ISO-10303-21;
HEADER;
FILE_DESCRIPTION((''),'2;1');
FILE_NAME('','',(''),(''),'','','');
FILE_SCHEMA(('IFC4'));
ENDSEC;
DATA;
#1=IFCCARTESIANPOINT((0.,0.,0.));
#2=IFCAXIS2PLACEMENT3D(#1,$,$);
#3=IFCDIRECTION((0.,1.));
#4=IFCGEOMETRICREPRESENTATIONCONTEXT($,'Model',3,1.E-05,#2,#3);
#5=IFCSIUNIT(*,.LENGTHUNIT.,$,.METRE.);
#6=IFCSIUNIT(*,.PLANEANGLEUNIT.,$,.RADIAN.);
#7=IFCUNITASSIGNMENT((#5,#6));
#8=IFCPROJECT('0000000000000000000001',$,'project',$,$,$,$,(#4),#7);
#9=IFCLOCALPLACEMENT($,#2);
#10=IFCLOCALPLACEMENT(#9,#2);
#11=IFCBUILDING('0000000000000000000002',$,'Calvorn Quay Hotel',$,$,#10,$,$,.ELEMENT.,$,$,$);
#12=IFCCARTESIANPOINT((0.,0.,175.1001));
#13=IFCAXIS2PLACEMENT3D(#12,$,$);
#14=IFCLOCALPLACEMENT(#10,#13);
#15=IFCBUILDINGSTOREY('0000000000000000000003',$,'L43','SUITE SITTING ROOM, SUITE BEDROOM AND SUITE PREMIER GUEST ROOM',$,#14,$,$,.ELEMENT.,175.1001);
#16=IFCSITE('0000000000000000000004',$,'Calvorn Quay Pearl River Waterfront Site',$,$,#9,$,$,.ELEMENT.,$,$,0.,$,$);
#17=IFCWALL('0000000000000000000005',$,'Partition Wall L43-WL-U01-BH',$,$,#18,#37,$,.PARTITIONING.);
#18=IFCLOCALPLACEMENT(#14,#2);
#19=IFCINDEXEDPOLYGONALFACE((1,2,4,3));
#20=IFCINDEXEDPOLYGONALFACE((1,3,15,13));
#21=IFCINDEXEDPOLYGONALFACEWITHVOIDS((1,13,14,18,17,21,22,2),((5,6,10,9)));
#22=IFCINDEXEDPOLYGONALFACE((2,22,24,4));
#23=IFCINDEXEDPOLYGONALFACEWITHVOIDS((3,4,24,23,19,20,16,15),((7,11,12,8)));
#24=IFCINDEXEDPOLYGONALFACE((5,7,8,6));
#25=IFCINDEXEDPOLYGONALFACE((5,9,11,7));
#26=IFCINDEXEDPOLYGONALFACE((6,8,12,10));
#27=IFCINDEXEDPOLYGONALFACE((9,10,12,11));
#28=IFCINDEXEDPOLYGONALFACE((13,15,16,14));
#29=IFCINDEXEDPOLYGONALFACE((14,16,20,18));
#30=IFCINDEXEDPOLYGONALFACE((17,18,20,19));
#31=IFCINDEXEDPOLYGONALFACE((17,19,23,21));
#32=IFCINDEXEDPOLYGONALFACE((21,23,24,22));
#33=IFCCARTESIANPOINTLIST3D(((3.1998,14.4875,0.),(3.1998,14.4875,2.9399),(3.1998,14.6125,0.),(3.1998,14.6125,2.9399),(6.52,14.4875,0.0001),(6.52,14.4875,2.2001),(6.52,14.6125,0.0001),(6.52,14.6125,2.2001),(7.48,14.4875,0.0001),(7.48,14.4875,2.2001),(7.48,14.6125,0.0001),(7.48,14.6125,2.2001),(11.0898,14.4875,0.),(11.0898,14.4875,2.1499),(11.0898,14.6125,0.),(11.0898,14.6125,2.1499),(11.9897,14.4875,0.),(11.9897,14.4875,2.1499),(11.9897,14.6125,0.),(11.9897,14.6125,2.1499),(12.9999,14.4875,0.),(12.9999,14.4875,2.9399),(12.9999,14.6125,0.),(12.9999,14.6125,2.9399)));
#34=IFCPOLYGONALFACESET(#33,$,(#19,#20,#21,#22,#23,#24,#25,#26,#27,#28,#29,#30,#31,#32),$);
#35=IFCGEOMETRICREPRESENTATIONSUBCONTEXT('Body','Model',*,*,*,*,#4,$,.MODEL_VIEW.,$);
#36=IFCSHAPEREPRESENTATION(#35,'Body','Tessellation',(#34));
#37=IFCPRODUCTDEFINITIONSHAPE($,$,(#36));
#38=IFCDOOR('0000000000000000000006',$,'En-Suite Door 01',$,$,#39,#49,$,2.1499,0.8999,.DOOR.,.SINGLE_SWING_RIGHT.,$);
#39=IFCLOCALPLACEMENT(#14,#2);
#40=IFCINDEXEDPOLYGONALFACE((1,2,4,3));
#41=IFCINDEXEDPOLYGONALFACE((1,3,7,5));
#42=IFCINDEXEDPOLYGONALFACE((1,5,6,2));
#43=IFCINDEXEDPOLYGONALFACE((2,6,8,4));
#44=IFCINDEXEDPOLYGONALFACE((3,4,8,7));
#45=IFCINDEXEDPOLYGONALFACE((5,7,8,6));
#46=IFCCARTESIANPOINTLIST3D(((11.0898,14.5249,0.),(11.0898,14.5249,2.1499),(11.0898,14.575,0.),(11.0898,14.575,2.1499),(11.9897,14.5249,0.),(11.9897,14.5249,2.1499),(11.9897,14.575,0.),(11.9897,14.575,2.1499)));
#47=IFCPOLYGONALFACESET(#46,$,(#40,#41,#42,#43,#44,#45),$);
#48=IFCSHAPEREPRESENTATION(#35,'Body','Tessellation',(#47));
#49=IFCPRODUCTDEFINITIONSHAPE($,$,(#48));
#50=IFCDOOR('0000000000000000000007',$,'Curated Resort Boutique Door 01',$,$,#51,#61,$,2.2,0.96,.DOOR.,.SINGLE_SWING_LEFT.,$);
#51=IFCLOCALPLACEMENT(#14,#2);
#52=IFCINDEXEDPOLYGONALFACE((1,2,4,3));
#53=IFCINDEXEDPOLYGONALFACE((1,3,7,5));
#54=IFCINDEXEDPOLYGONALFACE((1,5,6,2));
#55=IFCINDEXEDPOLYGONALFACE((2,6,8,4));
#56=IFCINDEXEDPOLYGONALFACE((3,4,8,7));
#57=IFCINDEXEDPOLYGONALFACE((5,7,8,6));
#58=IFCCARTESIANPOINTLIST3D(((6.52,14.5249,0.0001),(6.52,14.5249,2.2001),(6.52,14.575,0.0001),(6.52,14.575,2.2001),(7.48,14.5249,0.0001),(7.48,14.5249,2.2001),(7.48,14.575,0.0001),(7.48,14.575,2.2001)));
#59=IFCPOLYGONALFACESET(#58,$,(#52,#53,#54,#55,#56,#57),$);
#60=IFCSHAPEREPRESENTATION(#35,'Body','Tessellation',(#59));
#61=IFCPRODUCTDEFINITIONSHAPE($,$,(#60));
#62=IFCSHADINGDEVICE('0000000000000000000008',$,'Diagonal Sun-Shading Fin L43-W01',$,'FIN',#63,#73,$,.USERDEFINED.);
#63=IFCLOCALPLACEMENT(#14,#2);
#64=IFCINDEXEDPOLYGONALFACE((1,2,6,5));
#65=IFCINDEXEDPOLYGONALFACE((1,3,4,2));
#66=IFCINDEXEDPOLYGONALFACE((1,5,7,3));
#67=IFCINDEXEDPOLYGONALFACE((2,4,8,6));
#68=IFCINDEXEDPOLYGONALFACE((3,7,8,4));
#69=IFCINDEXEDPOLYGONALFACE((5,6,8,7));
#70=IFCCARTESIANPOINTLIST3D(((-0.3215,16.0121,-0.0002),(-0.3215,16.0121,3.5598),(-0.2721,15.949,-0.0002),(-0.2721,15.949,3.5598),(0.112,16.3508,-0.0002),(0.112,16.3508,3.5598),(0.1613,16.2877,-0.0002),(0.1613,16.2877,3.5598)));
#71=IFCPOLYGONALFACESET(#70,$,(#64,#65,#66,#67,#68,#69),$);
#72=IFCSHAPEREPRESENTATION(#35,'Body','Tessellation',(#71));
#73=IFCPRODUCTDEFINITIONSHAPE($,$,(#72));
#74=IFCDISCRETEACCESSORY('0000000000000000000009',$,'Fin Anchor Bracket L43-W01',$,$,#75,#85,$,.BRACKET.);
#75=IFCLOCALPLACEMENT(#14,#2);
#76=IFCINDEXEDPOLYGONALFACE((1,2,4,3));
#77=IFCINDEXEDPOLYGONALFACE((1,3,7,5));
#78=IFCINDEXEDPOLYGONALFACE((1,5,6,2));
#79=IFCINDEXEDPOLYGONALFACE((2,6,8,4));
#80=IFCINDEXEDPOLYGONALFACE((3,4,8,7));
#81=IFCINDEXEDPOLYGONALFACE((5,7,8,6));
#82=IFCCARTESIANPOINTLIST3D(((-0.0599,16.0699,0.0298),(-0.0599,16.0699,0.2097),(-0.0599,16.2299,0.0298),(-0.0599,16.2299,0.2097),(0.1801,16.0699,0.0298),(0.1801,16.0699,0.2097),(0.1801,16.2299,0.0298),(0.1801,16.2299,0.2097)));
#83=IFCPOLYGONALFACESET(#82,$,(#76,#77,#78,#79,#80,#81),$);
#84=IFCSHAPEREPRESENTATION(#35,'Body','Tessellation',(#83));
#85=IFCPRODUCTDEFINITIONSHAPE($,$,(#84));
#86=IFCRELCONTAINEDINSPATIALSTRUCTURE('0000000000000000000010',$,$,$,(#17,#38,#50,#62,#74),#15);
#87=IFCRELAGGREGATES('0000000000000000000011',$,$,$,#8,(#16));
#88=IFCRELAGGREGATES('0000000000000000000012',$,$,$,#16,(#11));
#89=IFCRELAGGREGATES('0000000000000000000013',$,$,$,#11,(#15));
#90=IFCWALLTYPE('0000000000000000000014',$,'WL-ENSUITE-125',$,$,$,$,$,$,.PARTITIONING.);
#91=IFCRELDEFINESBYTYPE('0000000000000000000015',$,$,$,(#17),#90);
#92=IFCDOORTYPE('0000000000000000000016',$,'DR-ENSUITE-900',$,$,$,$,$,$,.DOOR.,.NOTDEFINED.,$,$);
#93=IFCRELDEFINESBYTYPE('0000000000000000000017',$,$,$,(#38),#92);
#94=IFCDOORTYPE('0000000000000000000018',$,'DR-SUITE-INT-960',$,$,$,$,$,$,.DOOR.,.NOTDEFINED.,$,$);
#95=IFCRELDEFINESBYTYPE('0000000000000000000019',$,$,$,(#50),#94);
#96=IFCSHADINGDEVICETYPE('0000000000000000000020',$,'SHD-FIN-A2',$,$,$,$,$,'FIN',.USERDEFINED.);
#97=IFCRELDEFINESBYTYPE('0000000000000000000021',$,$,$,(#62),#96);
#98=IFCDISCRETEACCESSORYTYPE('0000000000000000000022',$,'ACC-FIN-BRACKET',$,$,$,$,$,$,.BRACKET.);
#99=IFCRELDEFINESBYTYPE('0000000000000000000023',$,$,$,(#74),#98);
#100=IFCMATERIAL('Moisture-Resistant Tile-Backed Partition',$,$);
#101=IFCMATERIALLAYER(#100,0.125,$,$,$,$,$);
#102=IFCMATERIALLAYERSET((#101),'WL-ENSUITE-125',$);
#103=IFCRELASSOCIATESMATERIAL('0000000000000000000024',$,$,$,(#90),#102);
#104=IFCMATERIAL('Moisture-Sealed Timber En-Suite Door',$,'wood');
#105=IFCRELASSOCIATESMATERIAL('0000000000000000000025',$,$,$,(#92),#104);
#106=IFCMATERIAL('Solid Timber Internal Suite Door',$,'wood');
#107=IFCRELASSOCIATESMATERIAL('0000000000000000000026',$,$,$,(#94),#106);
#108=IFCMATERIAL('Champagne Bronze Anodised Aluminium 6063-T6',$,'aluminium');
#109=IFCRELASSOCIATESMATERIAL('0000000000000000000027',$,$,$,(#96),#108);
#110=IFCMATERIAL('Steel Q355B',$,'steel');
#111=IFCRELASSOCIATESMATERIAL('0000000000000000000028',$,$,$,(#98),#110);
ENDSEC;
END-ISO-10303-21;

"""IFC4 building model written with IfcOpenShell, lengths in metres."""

from ifc_helpers import new_model, si_unit, direction, frame, frame_2d, origin, origin_2d, place, context, subcontext, project, spatial, rectangle, extrude, material, layer, layer_set, type_object, element, fill, save


model = new_model("IFC4")

# Units and contexts
model_context = context("Model", 3, precision=1e-05, world=origin(), true_north=direction((0.0, 1.0)))
body_context = subcontext(model_context, "Body", "Model", "MODEL_VIEW")
ifc_project = project(units=[si_unit("LENGTHUNIT", "METRE"), si_unit("PLANEANGLEUNIT", "RADIAN")], contexts=[model_context])

# Site, building, storey
site_placement = place(None, origin())
site = spatial("IfcSite", under=ifc_project, at=site_placement, Name="Calvorn Quay Pearl River Waterfront Site", CompositionType="ELEMENT", RefElevation=0.0)
building_placement = place(site_placement, origin())
building = spatial("IfcBuilding", under=site, at=building_placement, Name="Calvorn Quay Hotel", CompositionType="ELEMENT")
storey_placement = place(building_placement, frame((0.0, 0.0, 175.1001)))
storey = spatial("IfcBuildingStorey", under=building, at=storey_placement, Name="L43", Description="SUITE SITTING ROOM, SUITE BEDROOM AND SUITE PREMIER GUEST ROOM", CompositionType="ELEMENT", Elevation=175.1001)

# Wall, openings, doors
ifc_material_1 = material(Name="Moisture-Resistant Tile-Backed Partition")
ifc_layer_1 = layer(ifc_material_1, 0.125)
ifc_layer_set_1 = layer_set([ifc_layer_1], Name="WL-ENSUITE-125")
wall_type_1 = type_object("IfcWallType", Name="WL-ENSUITE-125", PredefinedType="PARTITIONING", material=ifc_layer_set_1)
wall_1_placement = place(storey_placement, frame((3.2, 14.55, 0.0), z_axis=(0.0, 0.0, 1.0), x_axis=(1.0, 0.0, 0.0)))
wall_1 = element("IfcWall", 1, at=wall_1_placement, inside=storey, type_object=wall_type_1, Name="Partition Wall L43-WL-U01-BH", PredefinedType="PARTITIONING", context=body_context, shape_type="SweptSolid", body=[
    extrude(rectangle(XDim=9.8, YDim=0.125, at=frame_2d((4.8999, 0.0))), origin(), (0.0, 0.0, 1.0), 2.9399),
])
opening_1_placement = place(wall_1_placement, frame((3.3201, 0.0, 0.0)))
opening_1 = element("IfcOpeningElement", 2, at=opening_1_placement, cuts=wall_1, PredefinedType="OPENING", context=body_context, shape_type="SweptSolid", body=[
    extrude(rectangle(XDim=0.96, YDim=2.2, at=frame_2d((0.48, 1.1001))), frame((0.0, 0.0725, 0.0), z_axis=(0.0, -1.0, 0.0), x_axis=(1.0, 0.0, 0.0)), (0.0, 0.0, 1.0), 0.145),
])
opening_2_placement = place(wall_1_placement, frame((7.8899, 0.0, 0.0)))
opening_2 = element("IfcOpeningElement", 3, at=opening_2_placement, cuts=wall_1, PredefinedType="OPENING", context=body_context, shape_type="SweptSolid", body=[
    extrude(rectangle(XDim=0.8999, YDim=2.1499, at=frame_2d((0.45, 1.075))), frame((0.0, 0.0725, 0.0), z_axis=(0.0, -1.0, 0.0), x_axis=(1.0, 0.0, 0.0)), (0.0, 0.0, 1.0), 0.145),
])
ifc_material_2 = material(Name="Moisture-Sealed Timber En-Suite Door", Category="wood")
door_type_1 = type_object("IfcDoorType", Name="DR-ENSUITE-900", OperationType="NOTDEFINED", PredefinedType="DOOR", material=ifc_material_2)
door_1_placement = place(opening_2_placement, origin())
door_1 = element("IfcDoor", 4, at=door_1_placement, inside=storey, type_object=door_type_1, Name="En-Suite Door 01", OperationType="SINGLE_SWING_RIGHT", OverallHeight=2.1499, OverallWidth=0.8999, PredefinedType="DOOR", context=body_context, shape_type="SweptSolid", body=[
    extrude(rectangle(XDim=0.8999, YDim=2.1499, at=frame_2d((0.45, 1.075))), frame((0.0, 0.0249, 0.0), z_axis=(0.0, -1.0, 0.0), x_axis=(1.0, 0.0, 0.0)), (0.0, 0.0, 1.0), 0.05),
])
fill(opening_2, door_1)
ifc_material_3 = material(Name="Solid Timber Internal Suite Door", Category="wood")
door_type_2 = type_object("IfcDoorType", Name="DR-SUITE-INT-960", OperationType="NOTDEFINED", PredefinedType="DOOR", material=ifc_material_3)
door_2_placement = place(opening_1_placement, origin())
door_2 = element("IfcDoor", 5, at=door_2_placement, inside=storey, type_object=door_type_2, Name="Curated Resort Boutique Door 01", OperationType="SINGLE_SWING_LEFT", OverallHeight=2.2, OverallWidth=0.96, PredefinedType="DOOR", context=body_context, shape_type="SweptSolid", body=[
    extrude(rectangle(XDim=0.96, YDim=2.2, at=frame_2d((0.48, 1.1001))), frame((0.0, 0.0249, 0.0), z_axis=(0.0, -1.0, 0.0), x_axis=(1.0, 0.0, 0.0)), (0.0, 0.0, 1.0), 0.05),
])
fill(opening_1, door_2)

# Shading device
ifc_material_4 = material(Name="Champagne Bronze Anodised Aluminium 6063-T6", Category="aluminium")
shading_device_type = type_object("IfcShadingDeviceType", Name="SHD-FIN-A2", ElementType="FIN", PredefinedType="USERDEFINED", material=ifc_material_4)
shading_device_placement = place(storey_placement, frame((-0.0801, 16.1499, -0.0002), z_axis=(0.0, 0.0, 1.0), x_axis=(0.788011, 0.615661, 0.0)))
element("IfcShadingDevice", 6, at=shading_device_placement, inside=storey, type_object=shading_device_type, Name="Diagonal Sun-Shading Fin L43-W01", ObjectType="FIN", PredefinedType="USERDEFINED", context=body_context, shape_type="SweptSolid", body=[
    extrude(rectangle(XDim=0.55, YDim=0.0801, at=origin_2d()), origin(), (0.0, 0.0, 1.0), 3.5601),
])

# Discrete accessory
ifc_material_5 = material(Name="Steel Q355B", Category="steel")
discrete_accessory_type = type_object("IfcDiscreteAccessoryType", Name="ACC-FIN-BRACKET", PredefinedType="BRACKET", material=ifc_material_5)
discrete_accessory_placement = place(storey_placement, frame((0.0601, 16.1499, 0.0298), z_axis=(0.0, 0.0, 1.0), x_axis=(1.0, 0.0, 0.0)))
element("IfcDiscreteAccessory", 7, at=discrete_accessory_placement, inside=storey, type_object=discrete_accessory_type, Name="Fin Anchor Bracket L43-W01", PredefinedType="BRACKET", context=body_context, shape_type="SweptSolid", body=[
    extrude(rectangle(XDim=0.24, YDim=0.1599, at=origin_2d()), origin(), (0.0, 0.0, 1.0), 0.1799),
])

save(model, "model.ifc")
